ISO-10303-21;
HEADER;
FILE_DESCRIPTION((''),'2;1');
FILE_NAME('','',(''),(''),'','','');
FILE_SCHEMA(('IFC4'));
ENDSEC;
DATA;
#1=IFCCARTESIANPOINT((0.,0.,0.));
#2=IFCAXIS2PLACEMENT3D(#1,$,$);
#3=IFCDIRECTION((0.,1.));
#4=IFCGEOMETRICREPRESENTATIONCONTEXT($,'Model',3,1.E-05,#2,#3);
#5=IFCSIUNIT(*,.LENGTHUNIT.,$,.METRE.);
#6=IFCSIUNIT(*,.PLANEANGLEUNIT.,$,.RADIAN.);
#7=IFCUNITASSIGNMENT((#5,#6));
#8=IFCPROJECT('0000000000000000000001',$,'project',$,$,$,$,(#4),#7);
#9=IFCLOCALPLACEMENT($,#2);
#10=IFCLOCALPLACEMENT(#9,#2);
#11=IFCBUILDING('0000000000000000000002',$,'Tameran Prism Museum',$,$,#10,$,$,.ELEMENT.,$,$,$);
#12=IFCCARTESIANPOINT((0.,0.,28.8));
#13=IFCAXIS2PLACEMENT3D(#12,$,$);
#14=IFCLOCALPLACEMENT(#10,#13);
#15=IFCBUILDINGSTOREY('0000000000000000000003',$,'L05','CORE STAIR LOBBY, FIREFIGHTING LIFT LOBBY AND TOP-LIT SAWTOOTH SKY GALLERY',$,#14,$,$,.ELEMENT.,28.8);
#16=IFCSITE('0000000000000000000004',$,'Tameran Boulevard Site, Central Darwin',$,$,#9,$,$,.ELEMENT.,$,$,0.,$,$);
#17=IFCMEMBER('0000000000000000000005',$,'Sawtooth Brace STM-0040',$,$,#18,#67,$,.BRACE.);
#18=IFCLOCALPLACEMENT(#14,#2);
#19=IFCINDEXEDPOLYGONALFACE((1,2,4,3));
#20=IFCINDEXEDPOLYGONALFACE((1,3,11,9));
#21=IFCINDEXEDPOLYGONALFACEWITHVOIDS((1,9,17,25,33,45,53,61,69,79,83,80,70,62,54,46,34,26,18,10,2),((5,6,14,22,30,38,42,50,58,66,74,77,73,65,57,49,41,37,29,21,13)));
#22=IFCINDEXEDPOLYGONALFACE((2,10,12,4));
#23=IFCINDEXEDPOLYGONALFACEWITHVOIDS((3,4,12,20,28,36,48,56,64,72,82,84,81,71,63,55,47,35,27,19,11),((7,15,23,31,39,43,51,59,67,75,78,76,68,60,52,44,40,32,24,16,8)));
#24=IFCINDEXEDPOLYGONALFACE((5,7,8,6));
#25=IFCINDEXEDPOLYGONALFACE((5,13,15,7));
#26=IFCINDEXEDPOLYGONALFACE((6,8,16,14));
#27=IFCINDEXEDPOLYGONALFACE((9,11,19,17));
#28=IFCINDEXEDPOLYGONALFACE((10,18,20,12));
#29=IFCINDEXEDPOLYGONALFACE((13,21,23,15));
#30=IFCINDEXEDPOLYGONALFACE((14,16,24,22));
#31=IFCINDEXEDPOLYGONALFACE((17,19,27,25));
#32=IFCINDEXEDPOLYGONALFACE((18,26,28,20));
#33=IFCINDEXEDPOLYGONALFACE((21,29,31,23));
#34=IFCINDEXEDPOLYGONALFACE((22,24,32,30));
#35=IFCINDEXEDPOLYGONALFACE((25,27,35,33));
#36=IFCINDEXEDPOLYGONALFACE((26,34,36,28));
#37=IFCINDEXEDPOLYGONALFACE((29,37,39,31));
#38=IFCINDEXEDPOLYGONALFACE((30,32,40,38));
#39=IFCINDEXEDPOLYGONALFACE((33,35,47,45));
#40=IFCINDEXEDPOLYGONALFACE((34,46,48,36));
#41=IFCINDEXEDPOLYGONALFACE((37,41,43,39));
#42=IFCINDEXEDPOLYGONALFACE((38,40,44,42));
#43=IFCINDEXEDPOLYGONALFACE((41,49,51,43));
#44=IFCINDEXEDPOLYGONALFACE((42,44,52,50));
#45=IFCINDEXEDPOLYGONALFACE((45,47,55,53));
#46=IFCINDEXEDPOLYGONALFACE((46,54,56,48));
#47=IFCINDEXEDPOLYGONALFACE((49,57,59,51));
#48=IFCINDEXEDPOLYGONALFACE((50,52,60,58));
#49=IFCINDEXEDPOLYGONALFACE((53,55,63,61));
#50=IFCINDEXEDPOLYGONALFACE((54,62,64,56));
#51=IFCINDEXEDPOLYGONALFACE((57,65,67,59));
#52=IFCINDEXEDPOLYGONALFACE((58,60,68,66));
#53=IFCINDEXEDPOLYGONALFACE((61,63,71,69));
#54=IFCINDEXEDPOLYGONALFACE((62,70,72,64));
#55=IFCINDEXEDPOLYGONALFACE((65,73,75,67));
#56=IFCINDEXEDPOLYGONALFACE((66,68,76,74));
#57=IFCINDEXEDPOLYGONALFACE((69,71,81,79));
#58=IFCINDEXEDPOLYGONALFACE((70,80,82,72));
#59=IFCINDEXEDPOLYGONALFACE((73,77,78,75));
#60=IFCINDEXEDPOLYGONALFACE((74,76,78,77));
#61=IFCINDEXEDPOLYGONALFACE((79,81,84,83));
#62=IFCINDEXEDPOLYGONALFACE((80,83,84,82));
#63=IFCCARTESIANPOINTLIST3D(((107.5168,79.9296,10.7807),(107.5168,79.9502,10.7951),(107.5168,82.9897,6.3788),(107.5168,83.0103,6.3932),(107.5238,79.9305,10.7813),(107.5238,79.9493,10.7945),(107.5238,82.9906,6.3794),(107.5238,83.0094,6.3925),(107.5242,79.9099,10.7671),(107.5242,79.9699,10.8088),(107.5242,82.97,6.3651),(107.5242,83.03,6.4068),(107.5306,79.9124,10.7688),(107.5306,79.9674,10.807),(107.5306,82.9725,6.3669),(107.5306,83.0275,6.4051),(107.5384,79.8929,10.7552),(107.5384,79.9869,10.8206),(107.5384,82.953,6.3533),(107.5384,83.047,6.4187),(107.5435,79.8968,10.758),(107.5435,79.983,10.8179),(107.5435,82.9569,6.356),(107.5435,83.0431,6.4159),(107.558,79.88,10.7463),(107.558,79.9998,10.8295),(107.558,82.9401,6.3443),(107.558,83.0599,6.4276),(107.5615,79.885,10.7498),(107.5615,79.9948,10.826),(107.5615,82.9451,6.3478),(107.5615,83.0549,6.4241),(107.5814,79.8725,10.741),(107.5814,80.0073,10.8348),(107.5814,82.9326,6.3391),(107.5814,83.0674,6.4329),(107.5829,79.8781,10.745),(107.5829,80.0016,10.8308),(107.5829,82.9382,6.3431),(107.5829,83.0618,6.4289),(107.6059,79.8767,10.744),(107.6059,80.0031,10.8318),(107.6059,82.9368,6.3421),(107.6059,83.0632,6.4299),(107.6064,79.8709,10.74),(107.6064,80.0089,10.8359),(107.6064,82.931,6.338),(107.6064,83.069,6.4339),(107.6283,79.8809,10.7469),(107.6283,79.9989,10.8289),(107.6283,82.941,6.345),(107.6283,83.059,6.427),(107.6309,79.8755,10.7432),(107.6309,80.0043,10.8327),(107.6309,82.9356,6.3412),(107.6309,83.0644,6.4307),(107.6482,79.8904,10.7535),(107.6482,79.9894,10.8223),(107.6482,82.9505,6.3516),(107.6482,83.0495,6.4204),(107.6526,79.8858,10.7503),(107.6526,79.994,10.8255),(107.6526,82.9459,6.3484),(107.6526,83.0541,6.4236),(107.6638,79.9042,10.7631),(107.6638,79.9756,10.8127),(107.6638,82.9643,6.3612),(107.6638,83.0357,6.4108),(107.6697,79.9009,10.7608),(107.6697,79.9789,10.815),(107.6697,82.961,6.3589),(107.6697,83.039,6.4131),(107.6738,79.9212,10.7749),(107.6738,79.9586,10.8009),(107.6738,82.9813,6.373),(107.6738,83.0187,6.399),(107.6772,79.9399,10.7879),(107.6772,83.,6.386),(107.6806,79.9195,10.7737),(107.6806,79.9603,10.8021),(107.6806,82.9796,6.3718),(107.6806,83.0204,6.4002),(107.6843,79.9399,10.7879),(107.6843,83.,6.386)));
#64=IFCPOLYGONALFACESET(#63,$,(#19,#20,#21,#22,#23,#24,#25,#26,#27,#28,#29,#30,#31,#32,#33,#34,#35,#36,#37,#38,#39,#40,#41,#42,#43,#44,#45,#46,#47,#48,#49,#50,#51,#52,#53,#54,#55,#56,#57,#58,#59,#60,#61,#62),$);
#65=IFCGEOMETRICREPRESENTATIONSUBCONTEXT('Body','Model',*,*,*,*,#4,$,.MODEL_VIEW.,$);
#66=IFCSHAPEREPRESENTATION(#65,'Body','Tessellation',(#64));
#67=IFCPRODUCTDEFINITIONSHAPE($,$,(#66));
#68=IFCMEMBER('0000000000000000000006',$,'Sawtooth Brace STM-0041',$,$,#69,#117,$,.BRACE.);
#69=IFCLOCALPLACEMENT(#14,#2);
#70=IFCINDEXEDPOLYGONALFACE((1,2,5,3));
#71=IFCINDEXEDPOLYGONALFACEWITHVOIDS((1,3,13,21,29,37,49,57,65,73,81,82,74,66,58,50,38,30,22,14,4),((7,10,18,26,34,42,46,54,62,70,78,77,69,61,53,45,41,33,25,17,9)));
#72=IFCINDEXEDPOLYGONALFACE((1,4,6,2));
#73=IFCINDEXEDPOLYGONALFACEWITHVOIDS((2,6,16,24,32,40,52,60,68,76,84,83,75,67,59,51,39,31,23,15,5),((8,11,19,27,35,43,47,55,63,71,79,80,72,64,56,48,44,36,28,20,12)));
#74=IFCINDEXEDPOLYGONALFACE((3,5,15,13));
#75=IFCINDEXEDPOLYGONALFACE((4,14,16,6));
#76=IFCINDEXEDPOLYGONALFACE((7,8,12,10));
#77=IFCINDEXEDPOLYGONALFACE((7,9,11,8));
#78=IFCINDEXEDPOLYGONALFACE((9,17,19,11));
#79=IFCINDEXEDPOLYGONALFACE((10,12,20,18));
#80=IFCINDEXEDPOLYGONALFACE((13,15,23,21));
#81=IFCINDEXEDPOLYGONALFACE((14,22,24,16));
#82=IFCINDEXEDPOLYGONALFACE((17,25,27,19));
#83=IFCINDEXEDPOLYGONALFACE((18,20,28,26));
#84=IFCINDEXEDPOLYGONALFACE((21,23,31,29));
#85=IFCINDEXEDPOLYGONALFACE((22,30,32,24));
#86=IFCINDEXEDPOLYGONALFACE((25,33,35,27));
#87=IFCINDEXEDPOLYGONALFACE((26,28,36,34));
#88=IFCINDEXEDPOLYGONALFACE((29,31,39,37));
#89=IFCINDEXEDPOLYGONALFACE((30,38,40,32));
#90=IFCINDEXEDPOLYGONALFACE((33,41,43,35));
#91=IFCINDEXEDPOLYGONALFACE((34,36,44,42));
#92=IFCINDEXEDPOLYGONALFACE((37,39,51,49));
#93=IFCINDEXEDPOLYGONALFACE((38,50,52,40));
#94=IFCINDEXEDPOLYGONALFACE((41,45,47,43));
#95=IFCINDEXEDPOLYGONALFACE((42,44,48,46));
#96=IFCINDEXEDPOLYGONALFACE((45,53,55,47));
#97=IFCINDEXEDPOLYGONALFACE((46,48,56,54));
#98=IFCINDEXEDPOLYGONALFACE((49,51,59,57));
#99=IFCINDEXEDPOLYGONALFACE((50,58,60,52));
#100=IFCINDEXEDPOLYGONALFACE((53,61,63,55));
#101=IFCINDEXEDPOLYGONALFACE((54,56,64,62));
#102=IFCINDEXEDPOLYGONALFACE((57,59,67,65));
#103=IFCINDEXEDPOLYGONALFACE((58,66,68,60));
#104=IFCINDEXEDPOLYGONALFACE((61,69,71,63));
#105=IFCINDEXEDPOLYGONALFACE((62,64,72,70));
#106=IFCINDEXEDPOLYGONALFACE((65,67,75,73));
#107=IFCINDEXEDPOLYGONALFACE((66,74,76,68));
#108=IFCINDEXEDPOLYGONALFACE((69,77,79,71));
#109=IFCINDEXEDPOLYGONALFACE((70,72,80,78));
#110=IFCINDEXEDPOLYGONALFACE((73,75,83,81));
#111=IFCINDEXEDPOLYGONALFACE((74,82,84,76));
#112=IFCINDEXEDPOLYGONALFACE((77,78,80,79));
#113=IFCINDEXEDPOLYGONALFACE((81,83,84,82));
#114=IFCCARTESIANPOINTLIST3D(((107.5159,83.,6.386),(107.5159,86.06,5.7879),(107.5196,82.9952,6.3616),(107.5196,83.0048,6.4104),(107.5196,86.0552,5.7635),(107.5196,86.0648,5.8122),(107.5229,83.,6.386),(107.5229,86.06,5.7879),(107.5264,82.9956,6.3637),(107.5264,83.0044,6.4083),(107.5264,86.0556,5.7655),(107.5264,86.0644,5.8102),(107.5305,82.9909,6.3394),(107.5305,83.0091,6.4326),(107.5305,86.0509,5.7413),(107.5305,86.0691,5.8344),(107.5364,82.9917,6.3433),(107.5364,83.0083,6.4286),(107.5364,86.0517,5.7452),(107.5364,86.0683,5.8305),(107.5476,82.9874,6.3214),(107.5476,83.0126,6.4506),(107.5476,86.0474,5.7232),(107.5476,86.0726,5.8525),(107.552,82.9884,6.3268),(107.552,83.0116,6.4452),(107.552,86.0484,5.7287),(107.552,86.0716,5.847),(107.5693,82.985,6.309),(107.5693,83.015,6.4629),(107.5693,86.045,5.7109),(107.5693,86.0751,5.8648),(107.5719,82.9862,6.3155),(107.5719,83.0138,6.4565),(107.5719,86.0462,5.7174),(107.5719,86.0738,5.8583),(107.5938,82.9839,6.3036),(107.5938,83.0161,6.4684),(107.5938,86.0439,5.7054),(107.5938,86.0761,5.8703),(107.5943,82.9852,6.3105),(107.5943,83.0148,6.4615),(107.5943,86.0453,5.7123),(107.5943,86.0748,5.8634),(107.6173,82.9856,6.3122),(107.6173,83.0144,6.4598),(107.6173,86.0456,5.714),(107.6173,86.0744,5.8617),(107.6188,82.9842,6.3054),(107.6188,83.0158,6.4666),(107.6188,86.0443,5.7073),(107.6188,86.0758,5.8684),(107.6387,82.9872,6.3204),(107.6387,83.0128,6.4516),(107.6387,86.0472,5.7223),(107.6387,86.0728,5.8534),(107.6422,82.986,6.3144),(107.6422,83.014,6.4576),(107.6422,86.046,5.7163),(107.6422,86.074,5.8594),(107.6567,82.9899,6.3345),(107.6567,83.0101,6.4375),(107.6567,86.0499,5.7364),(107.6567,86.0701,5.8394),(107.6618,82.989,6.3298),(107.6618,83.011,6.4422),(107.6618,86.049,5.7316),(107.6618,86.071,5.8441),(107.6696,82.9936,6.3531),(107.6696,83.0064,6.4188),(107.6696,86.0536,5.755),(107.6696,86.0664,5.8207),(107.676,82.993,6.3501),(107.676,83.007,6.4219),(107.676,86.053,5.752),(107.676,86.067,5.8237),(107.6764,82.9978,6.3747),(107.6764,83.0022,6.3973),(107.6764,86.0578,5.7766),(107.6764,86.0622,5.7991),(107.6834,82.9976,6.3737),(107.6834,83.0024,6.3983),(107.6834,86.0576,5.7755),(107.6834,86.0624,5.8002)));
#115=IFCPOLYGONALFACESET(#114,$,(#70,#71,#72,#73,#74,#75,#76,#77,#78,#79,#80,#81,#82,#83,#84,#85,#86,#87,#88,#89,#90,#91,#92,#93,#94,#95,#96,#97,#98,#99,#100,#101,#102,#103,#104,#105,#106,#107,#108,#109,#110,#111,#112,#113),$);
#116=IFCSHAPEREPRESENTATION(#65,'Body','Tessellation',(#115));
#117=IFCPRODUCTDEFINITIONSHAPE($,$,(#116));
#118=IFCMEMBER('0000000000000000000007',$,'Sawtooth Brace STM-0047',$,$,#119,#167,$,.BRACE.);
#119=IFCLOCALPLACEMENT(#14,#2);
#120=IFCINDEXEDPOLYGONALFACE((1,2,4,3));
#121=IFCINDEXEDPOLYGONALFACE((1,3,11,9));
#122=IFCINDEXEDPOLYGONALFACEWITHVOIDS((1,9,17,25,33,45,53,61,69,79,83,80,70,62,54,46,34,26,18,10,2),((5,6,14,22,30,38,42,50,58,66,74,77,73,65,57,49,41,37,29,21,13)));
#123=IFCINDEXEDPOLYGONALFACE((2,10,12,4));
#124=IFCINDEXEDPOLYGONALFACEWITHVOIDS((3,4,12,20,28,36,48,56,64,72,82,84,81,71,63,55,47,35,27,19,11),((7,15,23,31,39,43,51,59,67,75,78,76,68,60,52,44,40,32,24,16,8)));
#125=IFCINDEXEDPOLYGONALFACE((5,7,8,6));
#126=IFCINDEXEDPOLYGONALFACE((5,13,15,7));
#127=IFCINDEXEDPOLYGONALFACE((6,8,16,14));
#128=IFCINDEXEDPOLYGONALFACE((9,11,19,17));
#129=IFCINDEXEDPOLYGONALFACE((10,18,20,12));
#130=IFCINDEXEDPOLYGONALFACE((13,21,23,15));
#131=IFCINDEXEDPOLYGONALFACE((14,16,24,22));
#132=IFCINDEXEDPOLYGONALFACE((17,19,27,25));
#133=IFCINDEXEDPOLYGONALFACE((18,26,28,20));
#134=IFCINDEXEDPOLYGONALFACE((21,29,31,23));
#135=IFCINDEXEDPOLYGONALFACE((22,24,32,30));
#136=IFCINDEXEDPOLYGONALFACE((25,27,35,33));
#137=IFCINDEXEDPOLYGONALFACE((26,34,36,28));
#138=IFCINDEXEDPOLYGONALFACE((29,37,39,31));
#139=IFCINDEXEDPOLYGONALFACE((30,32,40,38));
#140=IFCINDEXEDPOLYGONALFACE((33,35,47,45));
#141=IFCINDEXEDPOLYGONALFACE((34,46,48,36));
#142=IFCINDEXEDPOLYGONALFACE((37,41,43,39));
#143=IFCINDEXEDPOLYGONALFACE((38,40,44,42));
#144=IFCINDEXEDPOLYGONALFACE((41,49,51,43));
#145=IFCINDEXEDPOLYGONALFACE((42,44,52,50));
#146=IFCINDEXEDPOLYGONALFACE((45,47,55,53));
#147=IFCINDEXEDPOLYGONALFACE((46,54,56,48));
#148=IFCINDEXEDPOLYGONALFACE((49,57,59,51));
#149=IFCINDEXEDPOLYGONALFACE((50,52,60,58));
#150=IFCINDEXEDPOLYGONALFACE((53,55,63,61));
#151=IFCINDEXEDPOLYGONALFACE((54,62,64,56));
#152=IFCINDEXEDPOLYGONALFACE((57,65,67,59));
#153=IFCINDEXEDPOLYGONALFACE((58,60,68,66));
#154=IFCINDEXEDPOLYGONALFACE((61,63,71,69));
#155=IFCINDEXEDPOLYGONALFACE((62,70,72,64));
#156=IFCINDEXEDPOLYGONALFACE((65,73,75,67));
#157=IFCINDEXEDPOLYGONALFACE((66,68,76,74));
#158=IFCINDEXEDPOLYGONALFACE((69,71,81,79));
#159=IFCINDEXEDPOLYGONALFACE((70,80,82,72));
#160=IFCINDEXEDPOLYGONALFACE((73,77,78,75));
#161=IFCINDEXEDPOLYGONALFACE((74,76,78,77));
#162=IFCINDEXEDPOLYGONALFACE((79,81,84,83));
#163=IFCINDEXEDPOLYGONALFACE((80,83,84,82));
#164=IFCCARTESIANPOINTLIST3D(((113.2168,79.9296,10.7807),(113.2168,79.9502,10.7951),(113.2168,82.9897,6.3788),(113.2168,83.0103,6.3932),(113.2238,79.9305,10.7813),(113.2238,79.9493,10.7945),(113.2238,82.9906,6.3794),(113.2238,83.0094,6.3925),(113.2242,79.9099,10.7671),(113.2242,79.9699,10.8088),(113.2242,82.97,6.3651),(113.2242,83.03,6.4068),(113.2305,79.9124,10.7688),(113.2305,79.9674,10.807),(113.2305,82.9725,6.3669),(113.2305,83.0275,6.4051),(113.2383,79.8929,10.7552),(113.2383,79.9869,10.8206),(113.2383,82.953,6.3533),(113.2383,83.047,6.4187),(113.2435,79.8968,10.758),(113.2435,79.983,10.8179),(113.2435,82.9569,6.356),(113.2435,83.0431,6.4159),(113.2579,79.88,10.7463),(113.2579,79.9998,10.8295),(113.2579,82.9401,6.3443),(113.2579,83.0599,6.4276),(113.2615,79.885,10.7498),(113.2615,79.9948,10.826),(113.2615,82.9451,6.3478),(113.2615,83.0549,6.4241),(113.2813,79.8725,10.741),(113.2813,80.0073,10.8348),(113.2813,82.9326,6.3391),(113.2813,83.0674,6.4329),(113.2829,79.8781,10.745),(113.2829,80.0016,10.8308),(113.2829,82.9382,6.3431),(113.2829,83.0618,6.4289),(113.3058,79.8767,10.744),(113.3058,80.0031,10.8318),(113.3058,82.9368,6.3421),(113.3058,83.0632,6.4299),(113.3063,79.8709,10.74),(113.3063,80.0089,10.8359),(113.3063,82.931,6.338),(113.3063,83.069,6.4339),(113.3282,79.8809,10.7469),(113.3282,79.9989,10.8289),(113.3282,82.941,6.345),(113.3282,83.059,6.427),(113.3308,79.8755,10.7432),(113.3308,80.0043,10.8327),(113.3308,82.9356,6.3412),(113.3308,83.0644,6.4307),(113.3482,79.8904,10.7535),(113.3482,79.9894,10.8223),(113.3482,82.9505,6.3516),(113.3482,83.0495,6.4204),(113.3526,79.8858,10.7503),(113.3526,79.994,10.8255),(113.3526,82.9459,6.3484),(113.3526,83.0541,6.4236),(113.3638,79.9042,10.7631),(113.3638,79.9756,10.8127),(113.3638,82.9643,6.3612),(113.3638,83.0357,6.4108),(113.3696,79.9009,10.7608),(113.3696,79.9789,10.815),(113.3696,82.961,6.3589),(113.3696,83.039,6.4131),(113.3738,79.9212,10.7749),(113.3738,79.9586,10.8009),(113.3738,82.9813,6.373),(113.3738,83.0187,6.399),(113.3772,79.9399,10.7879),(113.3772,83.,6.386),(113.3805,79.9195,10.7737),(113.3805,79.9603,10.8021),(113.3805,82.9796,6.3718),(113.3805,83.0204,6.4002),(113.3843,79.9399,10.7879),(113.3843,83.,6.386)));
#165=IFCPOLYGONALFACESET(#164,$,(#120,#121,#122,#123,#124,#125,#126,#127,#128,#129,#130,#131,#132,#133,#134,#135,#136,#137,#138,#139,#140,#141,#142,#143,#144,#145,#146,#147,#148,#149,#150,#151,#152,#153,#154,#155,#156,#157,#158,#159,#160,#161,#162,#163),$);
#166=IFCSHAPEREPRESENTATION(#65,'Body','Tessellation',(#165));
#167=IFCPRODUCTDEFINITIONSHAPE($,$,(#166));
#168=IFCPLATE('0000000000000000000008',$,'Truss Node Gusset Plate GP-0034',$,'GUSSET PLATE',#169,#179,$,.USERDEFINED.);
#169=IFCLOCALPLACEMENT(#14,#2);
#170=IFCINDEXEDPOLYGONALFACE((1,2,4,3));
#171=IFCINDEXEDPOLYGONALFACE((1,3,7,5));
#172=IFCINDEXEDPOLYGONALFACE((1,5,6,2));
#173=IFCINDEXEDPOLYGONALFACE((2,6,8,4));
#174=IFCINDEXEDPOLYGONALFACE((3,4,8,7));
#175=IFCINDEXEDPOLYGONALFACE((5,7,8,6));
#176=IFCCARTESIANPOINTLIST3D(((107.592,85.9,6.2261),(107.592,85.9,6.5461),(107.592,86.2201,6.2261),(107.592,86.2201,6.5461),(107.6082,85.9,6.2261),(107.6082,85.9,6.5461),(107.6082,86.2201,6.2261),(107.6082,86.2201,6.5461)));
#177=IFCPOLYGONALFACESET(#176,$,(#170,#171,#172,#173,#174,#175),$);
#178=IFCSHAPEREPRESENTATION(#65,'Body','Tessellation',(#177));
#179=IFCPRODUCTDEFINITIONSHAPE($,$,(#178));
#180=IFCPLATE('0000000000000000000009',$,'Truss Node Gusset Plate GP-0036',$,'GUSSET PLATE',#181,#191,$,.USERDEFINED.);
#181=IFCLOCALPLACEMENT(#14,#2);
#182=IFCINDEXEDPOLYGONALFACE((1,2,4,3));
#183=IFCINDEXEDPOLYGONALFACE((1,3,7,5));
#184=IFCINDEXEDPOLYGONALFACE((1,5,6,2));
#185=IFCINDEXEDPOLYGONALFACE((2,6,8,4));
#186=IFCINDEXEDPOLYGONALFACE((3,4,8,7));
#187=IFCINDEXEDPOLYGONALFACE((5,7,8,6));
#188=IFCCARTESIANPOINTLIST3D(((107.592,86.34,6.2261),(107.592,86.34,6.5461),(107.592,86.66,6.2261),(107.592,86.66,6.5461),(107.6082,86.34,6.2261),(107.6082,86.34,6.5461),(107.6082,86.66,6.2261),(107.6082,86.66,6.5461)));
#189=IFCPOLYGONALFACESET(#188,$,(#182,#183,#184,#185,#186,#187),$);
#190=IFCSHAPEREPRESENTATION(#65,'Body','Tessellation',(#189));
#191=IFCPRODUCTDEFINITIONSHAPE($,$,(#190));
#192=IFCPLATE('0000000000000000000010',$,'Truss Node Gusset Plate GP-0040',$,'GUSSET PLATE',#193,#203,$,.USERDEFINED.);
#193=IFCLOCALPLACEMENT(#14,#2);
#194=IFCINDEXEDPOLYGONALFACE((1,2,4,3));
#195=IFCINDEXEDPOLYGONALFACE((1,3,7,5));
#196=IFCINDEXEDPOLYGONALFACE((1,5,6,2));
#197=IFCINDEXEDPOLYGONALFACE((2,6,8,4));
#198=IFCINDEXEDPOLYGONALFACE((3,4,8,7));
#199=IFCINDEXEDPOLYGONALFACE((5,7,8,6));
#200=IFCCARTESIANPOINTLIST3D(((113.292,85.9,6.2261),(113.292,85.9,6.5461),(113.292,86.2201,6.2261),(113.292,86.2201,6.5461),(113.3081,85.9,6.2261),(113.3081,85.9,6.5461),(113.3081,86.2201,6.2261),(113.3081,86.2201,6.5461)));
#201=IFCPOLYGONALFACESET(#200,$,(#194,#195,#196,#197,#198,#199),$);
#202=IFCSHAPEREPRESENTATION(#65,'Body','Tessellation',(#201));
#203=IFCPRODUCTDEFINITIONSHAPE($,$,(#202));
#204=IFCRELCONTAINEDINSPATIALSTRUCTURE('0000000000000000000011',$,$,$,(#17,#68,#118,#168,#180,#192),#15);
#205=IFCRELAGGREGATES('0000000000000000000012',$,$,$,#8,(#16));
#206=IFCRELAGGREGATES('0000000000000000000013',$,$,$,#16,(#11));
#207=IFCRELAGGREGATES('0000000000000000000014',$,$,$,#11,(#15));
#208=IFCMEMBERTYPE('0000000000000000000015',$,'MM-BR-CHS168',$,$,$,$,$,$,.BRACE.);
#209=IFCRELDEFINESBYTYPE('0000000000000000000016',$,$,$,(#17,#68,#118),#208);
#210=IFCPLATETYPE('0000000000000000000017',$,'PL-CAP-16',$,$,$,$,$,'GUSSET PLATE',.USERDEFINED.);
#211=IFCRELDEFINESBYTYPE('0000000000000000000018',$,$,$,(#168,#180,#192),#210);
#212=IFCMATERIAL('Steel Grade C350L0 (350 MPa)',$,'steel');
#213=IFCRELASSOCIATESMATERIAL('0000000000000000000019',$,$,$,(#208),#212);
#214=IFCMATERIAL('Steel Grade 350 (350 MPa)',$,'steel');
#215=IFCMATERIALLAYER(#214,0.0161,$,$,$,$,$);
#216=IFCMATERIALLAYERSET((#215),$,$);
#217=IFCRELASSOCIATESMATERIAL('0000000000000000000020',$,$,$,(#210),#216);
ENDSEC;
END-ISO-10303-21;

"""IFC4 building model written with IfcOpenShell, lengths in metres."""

from ifc_helpers import new_model, si_unit, direction, frame, origin, origin_2d, place, context, subcontext, project, spatial, rectangle, hollow_circle, extrude, material, layer, layer_set, material_profile, profile_set, type_object, element, save


model = new_model("IFC4")

# Units and contexts
model_context = context("Model", 3, precision=1e-05, world=origin(), true_north=direction((0.0, 1.0)))
body_context = subcontext(model_context, "Body", "Model", "MODEL_VIEW")
ifc_project = project(units=[si_unit("LENGTHUNIT", "METRE"), si_unit("PLANEANGLEUNIT", "RADIAN")], contexts=[model_context])

# Site, building, storey
site_placement = place(None, origin())
site = spatial("IfcSite", under=ifc_project, at=site_placement, Name="Tameran Boulevard Site, Central Darwin", CompositionType="ELEMENT", RefElevation=0.0)
building_placement = place(site_placement, origin())
building = spatial("IfcBuilding", under=site, at=building_placement, Name="Tameran Prism Museum", CompositionType="ELEMENT")
storey_placement = place(building_placement, frame((0.0, 0.0, 28.8)))
storey = spatial("IfcBuildingStorey", under=building, at=storey_placement, Name="L05", Description="CORE STAIR LOBBY, FIREFIGHTING LIFT LOBBY AND TOP-LIT SAWTOOTH SKY GALLERY", CompositionType="ELEMENT", Elevation=28.8)

# Members
ifc_material_1 = material(Name="Steel Grade C350L0 (350 MPa)", Category="steel")
ifc_material_profile_1 = material_profile(ifc_material_1, hollow_circle(Radius=0.0842, WallThickness=0.0071, at=origin_2d()))
ifc_profile_set_1 = profile_set([ifc_material_profile_1])
member_type = type_object("IfcMemberType", Name="MM-BR-CHS168", PredefinedType="BRACE", material=ifc_profile_set_1)
member_1_placement = place(storey_placement, frame((107.6001, 83.0, 6.386), z_axis=(0.0, -0.5708, 0.821089), x_axis=(1.0, 0.0, 0.0)))
element("IfcMember", 1, at=member_1_placement, inside=storey, type_object=member_type, Name="Sawtooth Brace STM-0040", PredefinedType="BRACE", context=body_context, shape_type="SweptSolid", body=[
    extrude(hollow_circle(Radius=0.0842, WallThickness=0.0071, at=origin_2d()), origin(), (0.0, 0.0, 1.0), 5.3611),
])
member_2_placement = place(storey_placement, frame((107.6001, 83.0, 6.386), z_axis=(0.0, 0.981427, -0.191838), x_axis=(-1.0, 0.0, 0.0)))
element("IfcMember", 2, at=member_2_placement, inside=storey, type_object=member_type, Name="Sawtooth Brace STM-0041", PredefinedType="BRACE", context=body_context, shape_type="SweptSolid", body=[
    extrude(hollow_circle(Radius=0.0842, WallThickness=0.0071, at=origin_2d()), origin(), (0.0, 0.0, 1.0), 3.1179),
])
member_3_placement = place(storey_placement, frame((113.3, 83.0, 6.386), z_axis=(0.0, -0.5708, 0.821089), x_axis=(1.0, 0.0, 0.0)))
element("IfcMember", 3, at=member_3_placement, inside=storey, type_object=member_type, Name="Sawtooth Brace STM-0047", PredefinedType="BRACE", context=body_context, shape_type="SweptSolid", body=[
    extrude(hollow_circle(Radius=0.0842, WallThickness=0.0071, at=origin_2d()), origin(), (0.0, 0.0, 1.0), 5.3611),
])

# Plates
ifc_material_2 = material(Name="Steel Grade 350 (350 MPa)", Category="steel")
ifc_layer_1 = layer(ifc_material_2, 0.0161)
ifc_layer_set_1 = layer_set([ifc_layer_1])
plate_type_1 = type_object("IfcPlateType", Name="PL-CAP-16", ElementType="GUSSET PLATE", PredefinedType="USERDEFINED", material=ifc_layer_set_1)
for number, where, z_axis, x_axis, name in (
    (4, (107.6001, 86.0601, 6.2261), (0.0, 0.0, 1.0), (1.0, 0.0, 0.0), "Truss Node Gusset Plate GP-0034"),
    (5, (107.6001, 86.5, 6.2261), (0.0, 0.0, 1.0), (1.0, 0.0, 0.0), "Truss Node Gusset Plate GP-0036"),
    (6, (113.3, 86.0601, 6.2261), (0.0, 0.0, 1.0), (1.0, 0.0, 0.0), "Truss Node Gusset Plate GP-0040"),
):
    element("IfcPlate", number, at=place(storey_placement, frame(where, z_axis=z_axis, x_axis=x_axis)), inside=storey, type_object=plate_type_1, Name=name, ObjectType="GUSSET PLATE", PredefinedType="USERDEFINED", context=body_context, shape_type="SweptSolid", body=[
        extrude(rectangle(XDim=0.0161, YDim=0.3201, at=origin_2d()), origin(), (0.0, 0.0, 1.0), 0.3201),
    ])

save(model, "model.ifc")
